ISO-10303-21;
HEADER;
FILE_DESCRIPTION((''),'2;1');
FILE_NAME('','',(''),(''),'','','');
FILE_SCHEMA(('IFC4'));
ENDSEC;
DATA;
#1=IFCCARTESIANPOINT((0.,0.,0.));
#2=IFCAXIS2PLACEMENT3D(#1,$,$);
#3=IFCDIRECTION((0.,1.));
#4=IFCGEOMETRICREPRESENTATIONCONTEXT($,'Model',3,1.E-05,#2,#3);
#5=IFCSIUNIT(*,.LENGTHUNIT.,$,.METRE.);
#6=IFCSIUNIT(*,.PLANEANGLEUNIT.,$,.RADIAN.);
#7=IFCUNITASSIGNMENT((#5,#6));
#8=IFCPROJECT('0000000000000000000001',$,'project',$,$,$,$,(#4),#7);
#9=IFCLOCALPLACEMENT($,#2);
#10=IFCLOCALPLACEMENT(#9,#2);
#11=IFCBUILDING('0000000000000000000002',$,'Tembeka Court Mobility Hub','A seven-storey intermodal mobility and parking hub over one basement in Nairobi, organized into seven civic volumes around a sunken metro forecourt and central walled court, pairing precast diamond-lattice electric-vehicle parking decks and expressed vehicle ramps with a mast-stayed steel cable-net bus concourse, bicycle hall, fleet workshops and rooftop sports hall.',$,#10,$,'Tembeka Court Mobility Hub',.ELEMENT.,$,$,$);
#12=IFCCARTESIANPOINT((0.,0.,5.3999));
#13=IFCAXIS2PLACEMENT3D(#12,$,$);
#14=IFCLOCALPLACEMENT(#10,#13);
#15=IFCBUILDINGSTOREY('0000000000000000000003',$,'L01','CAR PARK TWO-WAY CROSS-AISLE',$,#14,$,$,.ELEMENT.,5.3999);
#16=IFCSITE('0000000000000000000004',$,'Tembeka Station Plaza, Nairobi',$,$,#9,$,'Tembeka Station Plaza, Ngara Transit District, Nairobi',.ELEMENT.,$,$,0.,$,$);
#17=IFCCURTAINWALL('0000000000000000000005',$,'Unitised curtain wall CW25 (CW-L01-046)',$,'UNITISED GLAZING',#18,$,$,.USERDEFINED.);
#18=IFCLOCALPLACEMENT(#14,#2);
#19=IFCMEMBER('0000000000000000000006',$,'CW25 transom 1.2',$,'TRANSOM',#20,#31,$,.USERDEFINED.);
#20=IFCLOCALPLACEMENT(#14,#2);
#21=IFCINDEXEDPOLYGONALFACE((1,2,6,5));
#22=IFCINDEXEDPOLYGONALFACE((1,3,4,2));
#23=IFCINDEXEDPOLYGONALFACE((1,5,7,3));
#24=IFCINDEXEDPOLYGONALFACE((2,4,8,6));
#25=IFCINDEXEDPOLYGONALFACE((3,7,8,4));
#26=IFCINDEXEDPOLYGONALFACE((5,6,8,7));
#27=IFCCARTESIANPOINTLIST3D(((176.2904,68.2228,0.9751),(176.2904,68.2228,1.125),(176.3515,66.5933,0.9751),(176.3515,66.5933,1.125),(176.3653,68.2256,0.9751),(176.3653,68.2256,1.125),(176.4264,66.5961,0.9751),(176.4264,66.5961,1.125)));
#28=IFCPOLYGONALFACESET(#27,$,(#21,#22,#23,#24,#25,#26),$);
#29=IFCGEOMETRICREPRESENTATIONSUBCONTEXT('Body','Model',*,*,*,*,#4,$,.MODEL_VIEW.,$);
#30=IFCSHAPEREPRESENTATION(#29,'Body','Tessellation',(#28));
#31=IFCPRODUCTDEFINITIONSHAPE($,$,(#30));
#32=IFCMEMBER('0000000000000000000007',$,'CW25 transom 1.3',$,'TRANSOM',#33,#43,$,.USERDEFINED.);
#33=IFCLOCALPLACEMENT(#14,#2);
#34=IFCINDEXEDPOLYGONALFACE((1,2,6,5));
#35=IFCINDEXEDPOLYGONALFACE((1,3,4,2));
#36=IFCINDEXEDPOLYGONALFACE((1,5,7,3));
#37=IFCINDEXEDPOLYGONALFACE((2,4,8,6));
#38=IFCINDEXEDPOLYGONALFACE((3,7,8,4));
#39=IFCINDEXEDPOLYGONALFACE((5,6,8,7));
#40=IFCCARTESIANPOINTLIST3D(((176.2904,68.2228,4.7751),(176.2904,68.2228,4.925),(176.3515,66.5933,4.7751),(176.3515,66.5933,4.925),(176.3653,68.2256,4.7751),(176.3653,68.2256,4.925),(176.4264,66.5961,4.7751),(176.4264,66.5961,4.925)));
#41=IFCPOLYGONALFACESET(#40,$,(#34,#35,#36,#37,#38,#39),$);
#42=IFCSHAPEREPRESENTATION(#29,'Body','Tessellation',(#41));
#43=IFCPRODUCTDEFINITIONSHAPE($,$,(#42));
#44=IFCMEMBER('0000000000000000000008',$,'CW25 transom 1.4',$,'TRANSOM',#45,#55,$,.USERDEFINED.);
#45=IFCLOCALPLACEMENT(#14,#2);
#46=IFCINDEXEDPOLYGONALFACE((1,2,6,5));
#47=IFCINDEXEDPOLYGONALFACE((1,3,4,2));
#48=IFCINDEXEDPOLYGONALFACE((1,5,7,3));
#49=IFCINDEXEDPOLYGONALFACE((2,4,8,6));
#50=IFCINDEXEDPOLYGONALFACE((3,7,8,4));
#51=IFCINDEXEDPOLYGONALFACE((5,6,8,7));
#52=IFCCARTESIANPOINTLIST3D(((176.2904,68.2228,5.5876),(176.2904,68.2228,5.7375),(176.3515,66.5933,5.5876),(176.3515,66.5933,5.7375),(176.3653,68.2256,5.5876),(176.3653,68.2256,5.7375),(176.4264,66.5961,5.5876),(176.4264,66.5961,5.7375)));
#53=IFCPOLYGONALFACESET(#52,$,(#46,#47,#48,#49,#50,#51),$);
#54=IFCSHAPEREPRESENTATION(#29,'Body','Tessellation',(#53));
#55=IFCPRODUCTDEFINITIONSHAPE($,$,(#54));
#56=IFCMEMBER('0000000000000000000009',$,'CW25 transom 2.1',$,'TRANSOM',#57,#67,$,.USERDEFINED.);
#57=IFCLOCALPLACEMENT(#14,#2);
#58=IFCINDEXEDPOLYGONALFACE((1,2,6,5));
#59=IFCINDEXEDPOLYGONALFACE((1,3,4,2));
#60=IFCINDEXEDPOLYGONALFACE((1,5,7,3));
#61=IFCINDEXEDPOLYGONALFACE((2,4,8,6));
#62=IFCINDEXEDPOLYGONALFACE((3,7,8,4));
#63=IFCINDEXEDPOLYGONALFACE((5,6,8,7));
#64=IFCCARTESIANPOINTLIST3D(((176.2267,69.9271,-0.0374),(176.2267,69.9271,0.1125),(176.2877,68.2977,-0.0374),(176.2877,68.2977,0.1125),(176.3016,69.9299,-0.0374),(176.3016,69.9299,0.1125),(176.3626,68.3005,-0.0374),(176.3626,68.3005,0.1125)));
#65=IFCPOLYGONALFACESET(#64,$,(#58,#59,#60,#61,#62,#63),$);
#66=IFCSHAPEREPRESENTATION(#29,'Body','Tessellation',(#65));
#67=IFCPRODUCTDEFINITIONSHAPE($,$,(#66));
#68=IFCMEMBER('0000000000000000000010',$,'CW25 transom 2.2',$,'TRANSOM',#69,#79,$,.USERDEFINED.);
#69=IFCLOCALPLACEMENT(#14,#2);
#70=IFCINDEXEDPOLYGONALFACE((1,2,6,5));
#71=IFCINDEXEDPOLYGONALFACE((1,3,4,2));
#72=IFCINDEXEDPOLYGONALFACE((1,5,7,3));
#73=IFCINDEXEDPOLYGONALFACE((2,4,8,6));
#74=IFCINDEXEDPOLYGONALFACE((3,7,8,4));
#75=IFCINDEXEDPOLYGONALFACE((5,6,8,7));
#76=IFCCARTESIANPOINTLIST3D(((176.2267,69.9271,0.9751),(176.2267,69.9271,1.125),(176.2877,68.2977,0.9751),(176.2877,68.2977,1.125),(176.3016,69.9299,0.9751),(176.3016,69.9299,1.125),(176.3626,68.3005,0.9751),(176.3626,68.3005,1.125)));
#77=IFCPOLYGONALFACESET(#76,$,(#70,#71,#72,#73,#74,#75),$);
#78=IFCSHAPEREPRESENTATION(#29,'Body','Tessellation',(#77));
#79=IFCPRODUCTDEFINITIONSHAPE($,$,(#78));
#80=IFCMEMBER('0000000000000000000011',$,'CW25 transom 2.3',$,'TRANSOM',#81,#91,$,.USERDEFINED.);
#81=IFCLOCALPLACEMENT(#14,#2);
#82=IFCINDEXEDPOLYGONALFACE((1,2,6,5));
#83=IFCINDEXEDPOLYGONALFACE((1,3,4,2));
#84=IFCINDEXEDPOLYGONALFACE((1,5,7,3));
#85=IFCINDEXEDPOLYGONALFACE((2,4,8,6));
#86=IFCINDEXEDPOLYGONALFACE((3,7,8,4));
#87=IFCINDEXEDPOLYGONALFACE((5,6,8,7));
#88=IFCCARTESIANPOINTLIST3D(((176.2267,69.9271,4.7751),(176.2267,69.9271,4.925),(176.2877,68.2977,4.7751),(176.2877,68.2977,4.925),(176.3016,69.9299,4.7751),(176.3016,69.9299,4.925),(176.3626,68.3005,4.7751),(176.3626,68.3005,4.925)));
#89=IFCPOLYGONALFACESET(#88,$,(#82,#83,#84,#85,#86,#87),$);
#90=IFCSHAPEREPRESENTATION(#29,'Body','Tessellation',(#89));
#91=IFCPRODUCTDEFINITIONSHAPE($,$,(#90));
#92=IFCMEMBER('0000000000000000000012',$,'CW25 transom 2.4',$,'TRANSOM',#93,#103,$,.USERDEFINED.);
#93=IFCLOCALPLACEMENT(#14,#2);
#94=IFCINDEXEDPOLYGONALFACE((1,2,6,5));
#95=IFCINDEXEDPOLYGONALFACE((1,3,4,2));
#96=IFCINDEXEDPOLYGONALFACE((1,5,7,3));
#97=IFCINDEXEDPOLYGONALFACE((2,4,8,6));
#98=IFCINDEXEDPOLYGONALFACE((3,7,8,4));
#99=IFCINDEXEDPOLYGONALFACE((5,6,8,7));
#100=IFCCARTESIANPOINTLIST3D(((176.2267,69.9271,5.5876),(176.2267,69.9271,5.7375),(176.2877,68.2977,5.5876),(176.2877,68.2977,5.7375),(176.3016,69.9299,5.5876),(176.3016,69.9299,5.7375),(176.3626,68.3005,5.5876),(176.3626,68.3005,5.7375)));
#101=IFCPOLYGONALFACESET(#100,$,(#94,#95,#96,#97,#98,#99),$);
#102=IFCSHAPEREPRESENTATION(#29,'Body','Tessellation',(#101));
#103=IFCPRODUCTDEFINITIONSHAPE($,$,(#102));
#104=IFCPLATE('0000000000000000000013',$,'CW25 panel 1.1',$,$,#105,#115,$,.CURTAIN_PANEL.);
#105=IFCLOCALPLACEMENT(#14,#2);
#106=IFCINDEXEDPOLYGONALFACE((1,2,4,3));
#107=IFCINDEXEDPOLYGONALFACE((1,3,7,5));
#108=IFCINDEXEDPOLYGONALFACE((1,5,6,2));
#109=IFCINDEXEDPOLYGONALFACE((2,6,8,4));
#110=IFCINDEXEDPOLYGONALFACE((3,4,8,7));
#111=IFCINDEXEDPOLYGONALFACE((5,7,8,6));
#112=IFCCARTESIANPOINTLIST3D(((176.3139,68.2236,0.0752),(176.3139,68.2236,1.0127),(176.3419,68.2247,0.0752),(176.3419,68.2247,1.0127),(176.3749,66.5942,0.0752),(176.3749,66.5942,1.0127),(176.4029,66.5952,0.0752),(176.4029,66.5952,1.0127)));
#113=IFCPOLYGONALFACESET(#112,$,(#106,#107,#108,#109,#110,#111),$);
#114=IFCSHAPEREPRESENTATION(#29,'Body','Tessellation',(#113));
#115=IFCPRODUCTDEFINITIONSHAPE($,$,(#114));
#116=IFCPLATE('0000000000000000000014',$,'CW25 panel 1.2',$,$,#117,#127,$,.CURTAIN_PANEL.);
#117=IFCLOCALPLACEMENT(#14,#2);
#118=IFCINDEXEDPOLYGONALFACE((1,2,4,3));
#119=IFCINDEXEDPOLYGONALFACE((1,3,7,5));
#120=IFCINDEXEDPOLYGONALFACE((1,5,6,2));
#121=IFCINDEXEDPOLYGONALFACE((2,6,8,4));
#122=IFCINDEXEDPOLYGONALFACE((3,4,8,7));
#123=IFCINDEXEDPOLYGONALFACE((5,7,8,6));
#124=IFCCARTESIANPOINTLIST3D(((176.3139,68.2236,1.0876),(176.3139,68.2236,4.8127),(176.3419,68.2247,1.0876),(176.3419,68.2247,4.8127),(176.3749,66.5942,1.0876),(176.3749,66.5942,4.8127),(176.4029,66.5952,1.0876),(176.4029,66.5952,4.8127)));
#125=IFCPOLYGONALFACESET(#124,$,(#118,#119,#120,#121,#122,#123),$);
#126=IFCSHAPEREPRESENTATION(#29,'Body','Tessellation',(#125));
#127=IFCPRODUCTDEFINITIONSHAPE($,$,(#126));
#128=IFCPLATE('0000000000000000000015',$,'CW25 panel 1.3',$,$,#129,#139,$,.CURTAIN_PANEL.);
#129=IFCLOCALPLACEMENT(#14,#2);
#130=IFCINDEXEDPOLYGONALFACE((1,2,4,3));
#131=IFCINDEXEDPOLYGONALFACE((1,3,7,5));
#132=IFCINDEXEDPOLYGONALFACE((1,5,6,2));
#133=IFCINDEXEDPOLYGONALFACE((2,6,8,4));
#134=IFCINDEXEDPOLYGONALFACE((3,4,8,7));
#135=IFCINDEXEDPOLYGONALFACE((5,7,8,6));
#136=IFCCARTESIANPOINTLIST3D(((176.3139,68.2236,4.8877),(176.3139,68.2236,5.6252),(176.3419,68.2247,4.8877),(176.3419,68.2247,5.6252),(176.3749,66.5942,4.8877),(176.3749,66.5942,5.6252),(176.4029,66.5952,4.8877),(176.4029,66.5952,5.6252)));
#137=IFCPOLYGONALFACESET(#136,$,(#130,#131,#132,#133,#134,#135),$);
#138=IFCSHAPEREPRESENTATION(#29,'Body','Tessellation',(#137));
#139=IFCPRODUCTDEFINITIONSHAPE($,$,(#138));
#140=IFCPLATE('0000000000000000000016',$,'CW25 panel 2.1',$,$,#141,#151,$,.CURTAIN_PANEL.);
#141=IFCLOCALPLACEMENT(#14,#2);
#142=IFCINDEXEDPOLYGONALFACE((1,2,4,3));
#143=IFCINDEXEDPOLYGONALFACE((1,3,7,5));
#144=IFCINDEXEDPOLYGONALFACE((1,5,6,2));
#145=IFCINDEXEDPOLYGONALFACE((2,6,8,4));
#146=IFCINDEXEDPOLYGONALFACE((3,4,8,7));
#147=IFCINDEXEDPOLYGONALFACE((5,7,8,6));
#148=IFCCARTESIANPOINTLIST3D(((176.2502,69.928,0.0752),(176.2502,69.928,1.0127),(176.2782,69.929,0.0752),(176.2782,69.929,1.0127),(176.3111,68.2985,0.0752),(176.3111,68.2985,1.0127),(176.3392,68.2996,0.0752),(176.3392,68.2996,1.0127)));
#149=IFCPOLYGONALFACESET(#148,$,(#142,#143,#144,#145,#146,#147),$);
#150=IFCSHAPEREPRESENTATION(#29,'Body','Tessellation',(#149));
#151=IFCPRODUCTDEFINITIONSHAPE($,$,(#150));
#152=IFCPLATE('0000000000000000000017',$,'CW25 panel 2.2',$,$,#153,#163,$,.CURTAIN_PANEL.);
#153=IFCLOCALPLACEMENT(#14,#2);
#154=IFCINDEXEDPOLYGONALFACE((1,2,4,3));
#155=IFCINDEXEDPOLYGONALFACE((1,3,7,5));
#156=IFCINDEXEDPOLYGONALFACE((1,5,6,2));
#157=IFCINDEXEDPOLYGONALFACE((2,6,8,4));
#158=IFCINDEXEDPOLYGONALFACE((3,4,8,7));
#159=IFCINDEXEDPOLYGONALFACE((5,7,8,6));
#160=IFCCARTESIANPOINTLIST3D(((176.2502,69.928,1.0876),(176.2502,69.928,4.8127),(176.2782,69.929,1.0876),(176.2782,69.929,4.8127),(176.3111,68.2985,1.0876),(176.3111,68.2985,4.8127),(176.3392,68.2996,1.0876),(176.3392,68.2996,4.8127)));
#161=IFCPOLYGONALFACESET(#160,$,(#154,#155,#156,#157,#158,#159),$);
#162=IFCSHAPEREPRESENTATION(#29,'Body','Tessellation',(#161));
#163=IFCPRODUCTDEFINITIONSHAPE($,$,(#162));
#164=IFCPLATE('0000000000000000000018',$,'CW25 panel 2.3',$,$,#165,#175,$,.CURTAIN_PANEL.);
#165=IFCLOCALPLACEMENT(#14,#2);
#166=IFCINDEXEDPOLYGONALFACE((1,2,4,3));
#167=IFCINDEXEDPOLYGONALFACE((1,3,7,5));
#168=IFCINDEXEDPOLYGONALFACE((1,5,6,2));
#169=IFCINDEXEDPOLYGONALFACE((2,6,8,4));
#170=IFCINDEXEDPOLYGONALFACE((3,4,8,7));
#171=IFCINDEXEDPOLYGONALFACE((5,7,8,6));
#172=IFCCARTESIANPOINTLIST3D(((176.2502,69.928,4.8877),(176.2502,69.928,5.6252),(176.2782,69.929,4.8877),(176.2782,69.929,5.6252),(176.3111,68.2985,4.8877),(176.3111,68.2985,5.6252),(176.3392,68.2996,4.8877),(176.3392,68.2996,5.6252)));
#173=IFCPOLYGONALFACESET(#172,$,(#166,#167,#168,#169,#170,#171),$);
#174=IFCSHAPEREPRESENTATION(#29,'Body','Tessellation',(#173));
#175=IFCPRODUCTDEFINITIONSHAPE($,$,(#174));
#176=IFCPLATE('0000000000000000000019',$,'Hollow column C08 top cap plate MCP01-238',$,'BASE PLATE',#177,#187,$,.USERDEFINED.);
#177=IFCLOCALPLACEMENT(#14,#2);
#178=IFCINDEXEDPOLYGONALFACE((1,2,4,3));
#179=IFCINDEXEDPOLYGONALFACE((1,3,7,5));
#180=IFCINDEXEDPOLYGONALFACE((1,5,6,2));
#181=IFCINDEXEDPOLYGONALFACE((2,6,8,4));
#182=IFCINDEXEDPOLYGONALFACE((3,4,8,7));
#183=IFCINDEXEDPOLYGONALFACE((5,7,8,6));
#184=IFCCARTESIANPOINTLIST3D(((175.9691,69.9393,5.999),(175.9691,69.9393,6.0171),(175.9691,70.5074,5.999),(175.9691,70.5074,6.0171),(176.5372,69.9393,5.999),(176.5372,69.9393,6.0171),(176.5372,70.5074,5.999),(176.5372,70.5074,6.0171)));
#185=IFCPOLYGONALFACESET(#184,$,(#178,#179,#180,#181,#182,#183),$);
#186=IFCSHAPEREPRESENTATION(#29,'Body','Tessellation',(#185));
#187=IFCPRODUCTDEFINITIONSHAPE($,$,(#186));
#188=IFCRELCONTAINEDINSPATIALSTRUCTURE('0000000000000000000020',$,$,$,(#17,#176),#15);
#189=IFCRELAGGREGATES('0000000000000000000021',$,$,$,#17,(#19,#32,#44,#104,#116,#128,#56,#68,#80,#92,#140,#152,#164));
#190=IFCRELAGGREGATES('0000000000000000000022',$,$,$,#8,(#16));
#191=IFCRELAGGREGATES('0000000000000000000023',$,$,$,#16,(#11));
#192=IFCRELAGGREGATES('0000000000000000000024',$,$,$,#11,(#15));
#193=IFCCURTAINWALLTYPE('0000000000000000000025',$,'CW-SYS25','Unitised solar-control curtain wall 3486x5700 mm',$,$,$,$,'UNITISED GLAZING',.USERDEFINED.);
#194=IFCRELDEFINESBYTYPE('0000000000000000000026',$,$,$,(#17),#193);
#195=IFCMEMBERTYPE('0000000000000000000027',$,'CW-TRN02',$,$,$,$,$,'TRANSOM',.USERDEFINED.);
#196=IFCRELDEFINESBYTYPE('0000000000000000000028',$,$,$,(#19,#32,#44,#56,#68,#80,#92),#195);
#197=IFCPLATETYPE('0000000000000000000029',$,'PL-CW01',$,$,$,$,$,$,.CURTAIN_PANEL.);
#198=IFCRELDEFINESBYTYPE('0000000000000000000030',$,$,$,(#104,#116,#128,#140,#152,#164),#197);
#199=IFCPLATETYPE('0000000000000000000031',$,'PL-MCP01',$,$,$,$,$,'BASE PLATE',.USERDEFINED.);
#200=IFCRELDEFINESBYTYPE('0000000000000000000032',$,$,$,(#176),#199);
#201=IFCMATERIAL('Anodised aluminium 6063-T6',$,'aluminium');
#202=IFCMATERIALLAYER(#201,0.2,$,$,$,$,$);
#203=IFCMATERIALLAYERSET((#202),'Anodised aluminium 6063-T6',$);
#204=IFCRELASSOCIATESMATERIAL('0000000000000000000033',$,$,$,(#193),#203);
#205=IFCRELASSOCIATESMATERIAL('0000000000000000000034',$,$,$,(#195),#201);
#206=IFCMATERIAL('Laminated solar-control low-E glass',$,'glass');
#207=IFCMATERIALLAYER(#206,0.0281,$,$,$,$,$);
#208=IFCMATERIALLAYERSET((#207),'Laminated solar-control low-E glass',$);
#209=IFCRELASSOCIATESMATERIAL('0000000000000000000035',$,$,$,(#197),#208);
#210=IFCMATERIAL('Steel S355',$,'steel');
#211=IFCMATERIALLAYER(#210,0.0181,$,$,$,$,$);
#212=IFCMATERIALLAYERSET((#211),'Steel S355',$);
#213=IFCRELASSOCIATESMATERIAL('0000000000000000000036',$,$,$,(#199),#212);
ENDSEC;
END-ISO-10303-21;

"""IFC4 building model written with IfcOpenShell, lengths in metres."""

from ifc_helpers import new_model, si_unit, direction, frame, origin, origin_2d, place, context, subcontext, project, spatial, rectangle, extrude, material, layer, layer_set, material_profile, profile_set, type_object, element, aggregate, save


model = new_model("IFC4")

# Units and contexts
model_context = context("Model", 3, precision=1e-05, world=origin(), true_north=direction((0.0, 1.0)))
body_context = subcontext(model_context, "Body", "Model", "MODEL_VIEW")
ifc_project = project(units=[si_unit("LENGTHUNIT", "METRE"), si_unit("PLANEANGLEUNIT", "RADIAN")], contexts=[model_context])

# Site, building, storey
site_placement = place(None, origin())
site = spatial("IfcSite", under=ifc_project, at=site_placement, Name="Tembeka Station Plaza, Nairobi", LongName="Tembeka Station Plaza, Ngara Transit District, Nairobi", CompositionType="ELEMENT", RefElevation=0.0)
building_placement = place(site_placement, origin())
building = spatial("IfcBuilding", under=site, at=building_placement, Name="Tembeka Court Mobility Hub", Description="A seven-storey intermodal mobility and parking hub over one basement in Nairobi, organized into seven civic volumes around a sunken metro forecourt and central walled court, pairing precast diamond-lattice electric-vehicle parking decks and expressed vehicle ramps with a mast-stayed steel cable-net bus concourse, bicycle hall, fleet workshops and rooftop sports hall.", LongName="Tembeka Court Mobility Hub", CompositionType="ELEMENT")
storey_placement = place(building_placement, frame((0.0, 0.0, 5.3999)))
storey = spatial("IfcBuildingStorey", under=building, at=storey_placement, Name="L01", Description="CAR PARK TWO-WAY CROSS-AISLE", CompositionType="ELEMENT", Elevation=5.3999)

# Shared definitions
ifc_material_1 = material(Name="Steel S355", Category="steel")

# Curtain wall, members, plates
ifc_material_2 = material(Name="Anodised aluminium 6063-T6", Category="aluminium")
ifc_layer_1 = layer(ifc_material_2, 0.2)
ifc_layer_set_1 = layer_set([ifc_layer_1], Name="Anodised aluminium 6063-T6")
curtain_wall_type = type_object("IfcCurtainWallType", Name="CW-SYS25", Description="Unitised solar-control curtain wall 3486x5700 mm", ElementType="UNITISED GLAZING", PredefinedType="USERDEFINED", material=ifc_layer_set_1)
curtain_wall_placement = place(storey_placement, origin())
curtain_wall = element("IfcCurtainWall", 1, at=curtain_wall_placement, inside=storey, type_object=curtain_wall_type, Name="Unitised curtain wall CW25 (CW-L01-046)", ObjectType="UNITISED GLAZING", PredefinedType="USERDEFINED")
ifc_material_profile_1 = material_profile(ifc_material_2, rectangle(XDim=0.075, YDim=0.1499, at=origin_2d()), Name="ALU-TRN 75x150")
ifc_profile_set_1 = profile_set([ifc_material_profile_1], Name="Anodised aluminium 6063-T6")
member_type_1 = type_object("IfcMemberType", Name="CW-TRN02", ElementType="TRANSOM", PredefinedType="USERDEFINED", material=ifc_profile_set_1)
member_1_placement = place(storey_placement, frame((176.3889, 66.5947, 1.05), z_axis=(-0.037433, 0.999299, 0.0), x_axis=(-0.999299, -0.037433, 0.0)))
member_1 = element("IfcMember", 2, at=member_1_placement, type_object=member_type_1, Name="CW25 transom 1.2", ObjectType="TRANSOM", PredefinedType="USERDEFINED", context=body_context, shape_type="SweptSolid", body=[
    extrude(rectangle(XDim=0.075, YDim=0.1499, at=origin_2d()), origin(), (0.0, 0.0, 1.0), 1.6306),
])
member_2_placement = place(storey_placement, frame((176.3889, 66.5947, 4.8501), z_axis=(-0.037433, 0.999299, 0.0), x_axis=(-0.999299, -0.037433, 0.0)))
member_2 = element("IfcMember", 3, at=member_2_placement, type_object=member_type_1, Name="CW25 transom 1.3", ObjectType="TRANSOM", PredefinedType="USERDEFINED", context=body_context, shape_type="SweptSolid", body=[
    extrude(rectangle(XDim=0.075, YDim=0.1499, at=origin_2d()), origin(), (0.0, 0.0, 1.0), 1.6306),
])
member_3_placement = place(storey_placement, frame((176.3889, 66.5947, 5.6626), z_axis=(-0.037433, 0.999299, 0.0), x_axis=(-0.999299, -0.037433, 0.0)))
member_3 = element("IfcMember", 4, at=member_3_placement, type_object=member_type_1, Name="CW25 transom 1.4", ObjectType="TRANSOM", PredefinedType="USERDEFINED", context=body_context, shape_type="SweptSolid", body=[
    extrude(rectangle(XDim=0.075, YDim=0.1499, at=origin_2d()), origin(), (0.0, 0.0, 1.0), 1.6306),
])
member_4_placement = place(storey_placement, frame((176.3252, 68.2991, 0.0376), z_axis=(-0.037433, 0.999299, 0.0), x_axis=(-0.999299, -0.037433, 0.0)))
member_4 = element("IfcMember", 5, at=member_4_placement, type_object=member_type_1, Name="CW25 transom 2.1", ObjectType="TRANSOM", PredefinedType="USERDEFINED", context=body_context, shape_type="SweptSolid", body=[
    extrude(rectangle(XDim=0.075, YDim=0.1499, at=origin_2d()), origin(), (0.0, 0.0, 1.0), 1.6306),
])
member_5_placement = place(storey_placement, frame((176.3252, 68.2991, 1.05), z_axis=(-0.037433, 0.999299, 0.0), x_axis=(-0.999299, -0.037433, 0.0)))
member_5 = element("IfcMember", 6, at=member_5_placement, type_object=member_type_1, Name="CW25 transom 2.2", ObjectType="TRANSOM", PredefinedType="USERDEFINED", context=body_context, shape_type="SweptSolid", body=[
    extrude(rectangle(XDim=0.075, YDim=0.1499, at=origin_2d()), origin(), (0.0, 0.0, 1.0), 1.6306),
])
member_6_placement = place(storey_placement, frame((176.3252, 68.2991, 4.8501), z_axis=(-0.037433, 0.999299, 0.0), x_axis=(-0.999299, -0.037433, 0.0)))
member_6 = element("IfcMember", 7, at=member_6_placement, type_object=member_type_1, Name="CW25 transom 2.3", ObjectType="TRANSOM", PredefinedType="USERDEFINED", context=body_context, shape_type="SweptSolid", body=[
    extrude(rectangle(XDim=0.075, YDim=0.1499, at=origin_2d()), origin(), (0.0, 0.0, 1.0), 1.6306),
])
member_7_placement = place(storey_placement, frame((176.3252, 68.2991, 5.6626), z_axis=(-0.037433, 0.999299, 0.0), x_axis=(-0.999299, -0.037433, 0.0)))
member_7 = element("IfcMember", 8, at=member_7_placement, type_object=member_type_1, Name="CW25 transom 2.4", ObjectType="TRANSOM", PredefinedType="USERDEFINED", context=body_context, shape_type="SweptSolid", body=[
    extrude(rectangle(XDim=0.075, YDim=0.1499, at=origin_2d()), origin(), (0.0, 0.0, 1.0), 1.6306),
])
ifc_material_3 = material(Name="Laminated solar-control low-E glass", Category="glass")
ifc_layer_2 = layer(ifc_material_3, 0.0281)
ifc_layer_set_2 = layer_set([ifc_layer_2], Name="Laminated solar-control low-E glass")
plate_type_1 = type_object("IfcPlateType", Name="PL-CW01", PredefinedType="CURTAIN_PANEL", material=ifc_layer_set_2)
plate_1_placement = place(storey_placement, frame((176.3584, 67.4094, 0.0752), z_axis=(0.0, 0.0, 1.0), x_axis=(-0.037405, 0.9993, 0.0)))
plate_1 = element("IfcPlate", 9, at=plate_1_placement, type_object=plate_type_1, Name="CW25 panel 1.1", PredefinedType="CURTAIN_PANEL", context=body_context, shape_type="SweptSolid", body=[
    extrude(rectangle(XDim=1.6306, YDim=0.0281, at=origin_2d()), origin(), (0.0, 0.0, 1.0), 0.9375),
])
plate_2_placement = place(storey_placement, frame((176.3584, 67.4094, 1.0876), z_axis=(0.0, 0.0, 1.0), x_axis=(-0.037405, 0.9993, 0.0)))
plate_2 = element("IfcPlate", 10, at=plate_2_placement, type_object=plate_type_1, Name="CW25 panel 1.2", PredefinedType="CURTAIN_PANEL", context=body_context, shape_type="SweptSolid", body=[
    extrude(rectangle(XDim=1.6306, YDim=0.0281, at=origin_2d()), origin(), (0.0, 0.0, 1.0), 3.7251),
])
plate_3_placement = place(storey_placement, frame((176.3584, 67.4094, 4.8877), z_axis=(0.0, 0.0, 1.0), x_axis=(-0.037405, 0.9993, 0.0)))
plate_3 = element("IfcPlate", 11, at=plate_3_placement, type_object=plate_type_1, Name="CW25 panel 1.3", PredefinedType="CURTAIN_PANEL", context=body_context, shape_type="SweptSolid", body=[
    extrude(rectangle(XDim=1.6306, YDim=0.0281, at=origin_2d()), origin(), (0.0, 0.0, 1.0), 0.7375),
])
plate_4_placement = place(storey_placement, frame((176.2947, 69.1138, 0.0752), z_axis=(0.0, 0.0, 1.0), x_axis=(-0.037405, 0.9993, 0.0)))
plate_4 = element("IfcPlate", 12, at=plate_4_placement, type_object=plate_type_1, Name="CW25 panel 2.1", PredefinedType="CURTAIN_PANEL", context=body_context, shape_type="SweptSolid", body=[
    extrude(rectangle(XDim=1.6306, YDim=0.0281, at=origin_2d()), origin(), (0.0, 0.0, 1.0), 0.9375),
])
plate_5_placement = place(storey_placement, frame((176.2947, 69.1138, 1.0876), z_axis=(0.0, 0.0, 1.0), x_axis=(-0.037405, 0.9993, 0.0)))
plate_5 = element("IfcPlate", 13, at=plate_5_placement, type_object=plate_type_1, Name="CW25 panel 2.2", PredefinedType="CURTAIN_PANEL", context=body_context, shape_type="SweptSolid", body=[
    extrude(rectangle(XDim=1.6306, YDim=0.0281, at=origin_2d()), origin(), (0.0, 0.0, 1.0), 3.7251),
])
plate_6_placement = place(storey_placement, frame((176.2947, 69.1138, 4.8877), z_axis=(0.0, 0.0, 1.0), x_axis=(-0.037405, 0.9993, 0.0)))
plate_6 = element("IfcPlate", 14, at=plate_6_placement, type_object=plate_type_1, Name="CW25 panel 2.3", PredefinedType="CURTAIN_PANEL", context=body_context, shape_type="SweptSolid", body=[
    extrude(rectangle(XDim=1.6306, YDim=0.0281, at=origin_2d()), origin(), (0.0, 0.0, 1.0), 0.7375),
])
aggregate(curtain_wall, [member_1, member_2, member_3, plate_1, plate_2, plate_3, member_4, member_5, member_6, member_7, plate_4, plate_5, plate_6])

# Plate
ifc_layer_3 = layer(ifc_material_1, 0.0181)
ifc_layer_set_3 = layer_set([ifc_layer_3], Name="Steel S355")
plate_type_2 = type_object("IfcPlateType", Name="PL-MCP01", ElementType="BASE PLATE", PredefinedType="USERDEFINED", material=ifc_layer_set_3)
plate_7_placement = place(storey_placement, frame((176.2532, 70.2234, 5.999), z_axis=(0.0, 0.0, 1.0), x_axis=(1.0, 0.0, 0.0)))
element("IfcPlate", 15, at=plate_7_placement, inside=storey, type_object=plate_type_2, Name="Hollow column C08 top cap plate MCP01-238", ObjectType="BASE PLATE", PredefinedType="USERDEFINED", context=body_context, shape_type="SweptSolid", body=[
    extrude(rectangle(XDim=0.5681, YDim=0.5681, at=origin_2d()), origin(), (0.0, 0.0, 1.0), 0.0181),
])

save(model, "model.ifc")
